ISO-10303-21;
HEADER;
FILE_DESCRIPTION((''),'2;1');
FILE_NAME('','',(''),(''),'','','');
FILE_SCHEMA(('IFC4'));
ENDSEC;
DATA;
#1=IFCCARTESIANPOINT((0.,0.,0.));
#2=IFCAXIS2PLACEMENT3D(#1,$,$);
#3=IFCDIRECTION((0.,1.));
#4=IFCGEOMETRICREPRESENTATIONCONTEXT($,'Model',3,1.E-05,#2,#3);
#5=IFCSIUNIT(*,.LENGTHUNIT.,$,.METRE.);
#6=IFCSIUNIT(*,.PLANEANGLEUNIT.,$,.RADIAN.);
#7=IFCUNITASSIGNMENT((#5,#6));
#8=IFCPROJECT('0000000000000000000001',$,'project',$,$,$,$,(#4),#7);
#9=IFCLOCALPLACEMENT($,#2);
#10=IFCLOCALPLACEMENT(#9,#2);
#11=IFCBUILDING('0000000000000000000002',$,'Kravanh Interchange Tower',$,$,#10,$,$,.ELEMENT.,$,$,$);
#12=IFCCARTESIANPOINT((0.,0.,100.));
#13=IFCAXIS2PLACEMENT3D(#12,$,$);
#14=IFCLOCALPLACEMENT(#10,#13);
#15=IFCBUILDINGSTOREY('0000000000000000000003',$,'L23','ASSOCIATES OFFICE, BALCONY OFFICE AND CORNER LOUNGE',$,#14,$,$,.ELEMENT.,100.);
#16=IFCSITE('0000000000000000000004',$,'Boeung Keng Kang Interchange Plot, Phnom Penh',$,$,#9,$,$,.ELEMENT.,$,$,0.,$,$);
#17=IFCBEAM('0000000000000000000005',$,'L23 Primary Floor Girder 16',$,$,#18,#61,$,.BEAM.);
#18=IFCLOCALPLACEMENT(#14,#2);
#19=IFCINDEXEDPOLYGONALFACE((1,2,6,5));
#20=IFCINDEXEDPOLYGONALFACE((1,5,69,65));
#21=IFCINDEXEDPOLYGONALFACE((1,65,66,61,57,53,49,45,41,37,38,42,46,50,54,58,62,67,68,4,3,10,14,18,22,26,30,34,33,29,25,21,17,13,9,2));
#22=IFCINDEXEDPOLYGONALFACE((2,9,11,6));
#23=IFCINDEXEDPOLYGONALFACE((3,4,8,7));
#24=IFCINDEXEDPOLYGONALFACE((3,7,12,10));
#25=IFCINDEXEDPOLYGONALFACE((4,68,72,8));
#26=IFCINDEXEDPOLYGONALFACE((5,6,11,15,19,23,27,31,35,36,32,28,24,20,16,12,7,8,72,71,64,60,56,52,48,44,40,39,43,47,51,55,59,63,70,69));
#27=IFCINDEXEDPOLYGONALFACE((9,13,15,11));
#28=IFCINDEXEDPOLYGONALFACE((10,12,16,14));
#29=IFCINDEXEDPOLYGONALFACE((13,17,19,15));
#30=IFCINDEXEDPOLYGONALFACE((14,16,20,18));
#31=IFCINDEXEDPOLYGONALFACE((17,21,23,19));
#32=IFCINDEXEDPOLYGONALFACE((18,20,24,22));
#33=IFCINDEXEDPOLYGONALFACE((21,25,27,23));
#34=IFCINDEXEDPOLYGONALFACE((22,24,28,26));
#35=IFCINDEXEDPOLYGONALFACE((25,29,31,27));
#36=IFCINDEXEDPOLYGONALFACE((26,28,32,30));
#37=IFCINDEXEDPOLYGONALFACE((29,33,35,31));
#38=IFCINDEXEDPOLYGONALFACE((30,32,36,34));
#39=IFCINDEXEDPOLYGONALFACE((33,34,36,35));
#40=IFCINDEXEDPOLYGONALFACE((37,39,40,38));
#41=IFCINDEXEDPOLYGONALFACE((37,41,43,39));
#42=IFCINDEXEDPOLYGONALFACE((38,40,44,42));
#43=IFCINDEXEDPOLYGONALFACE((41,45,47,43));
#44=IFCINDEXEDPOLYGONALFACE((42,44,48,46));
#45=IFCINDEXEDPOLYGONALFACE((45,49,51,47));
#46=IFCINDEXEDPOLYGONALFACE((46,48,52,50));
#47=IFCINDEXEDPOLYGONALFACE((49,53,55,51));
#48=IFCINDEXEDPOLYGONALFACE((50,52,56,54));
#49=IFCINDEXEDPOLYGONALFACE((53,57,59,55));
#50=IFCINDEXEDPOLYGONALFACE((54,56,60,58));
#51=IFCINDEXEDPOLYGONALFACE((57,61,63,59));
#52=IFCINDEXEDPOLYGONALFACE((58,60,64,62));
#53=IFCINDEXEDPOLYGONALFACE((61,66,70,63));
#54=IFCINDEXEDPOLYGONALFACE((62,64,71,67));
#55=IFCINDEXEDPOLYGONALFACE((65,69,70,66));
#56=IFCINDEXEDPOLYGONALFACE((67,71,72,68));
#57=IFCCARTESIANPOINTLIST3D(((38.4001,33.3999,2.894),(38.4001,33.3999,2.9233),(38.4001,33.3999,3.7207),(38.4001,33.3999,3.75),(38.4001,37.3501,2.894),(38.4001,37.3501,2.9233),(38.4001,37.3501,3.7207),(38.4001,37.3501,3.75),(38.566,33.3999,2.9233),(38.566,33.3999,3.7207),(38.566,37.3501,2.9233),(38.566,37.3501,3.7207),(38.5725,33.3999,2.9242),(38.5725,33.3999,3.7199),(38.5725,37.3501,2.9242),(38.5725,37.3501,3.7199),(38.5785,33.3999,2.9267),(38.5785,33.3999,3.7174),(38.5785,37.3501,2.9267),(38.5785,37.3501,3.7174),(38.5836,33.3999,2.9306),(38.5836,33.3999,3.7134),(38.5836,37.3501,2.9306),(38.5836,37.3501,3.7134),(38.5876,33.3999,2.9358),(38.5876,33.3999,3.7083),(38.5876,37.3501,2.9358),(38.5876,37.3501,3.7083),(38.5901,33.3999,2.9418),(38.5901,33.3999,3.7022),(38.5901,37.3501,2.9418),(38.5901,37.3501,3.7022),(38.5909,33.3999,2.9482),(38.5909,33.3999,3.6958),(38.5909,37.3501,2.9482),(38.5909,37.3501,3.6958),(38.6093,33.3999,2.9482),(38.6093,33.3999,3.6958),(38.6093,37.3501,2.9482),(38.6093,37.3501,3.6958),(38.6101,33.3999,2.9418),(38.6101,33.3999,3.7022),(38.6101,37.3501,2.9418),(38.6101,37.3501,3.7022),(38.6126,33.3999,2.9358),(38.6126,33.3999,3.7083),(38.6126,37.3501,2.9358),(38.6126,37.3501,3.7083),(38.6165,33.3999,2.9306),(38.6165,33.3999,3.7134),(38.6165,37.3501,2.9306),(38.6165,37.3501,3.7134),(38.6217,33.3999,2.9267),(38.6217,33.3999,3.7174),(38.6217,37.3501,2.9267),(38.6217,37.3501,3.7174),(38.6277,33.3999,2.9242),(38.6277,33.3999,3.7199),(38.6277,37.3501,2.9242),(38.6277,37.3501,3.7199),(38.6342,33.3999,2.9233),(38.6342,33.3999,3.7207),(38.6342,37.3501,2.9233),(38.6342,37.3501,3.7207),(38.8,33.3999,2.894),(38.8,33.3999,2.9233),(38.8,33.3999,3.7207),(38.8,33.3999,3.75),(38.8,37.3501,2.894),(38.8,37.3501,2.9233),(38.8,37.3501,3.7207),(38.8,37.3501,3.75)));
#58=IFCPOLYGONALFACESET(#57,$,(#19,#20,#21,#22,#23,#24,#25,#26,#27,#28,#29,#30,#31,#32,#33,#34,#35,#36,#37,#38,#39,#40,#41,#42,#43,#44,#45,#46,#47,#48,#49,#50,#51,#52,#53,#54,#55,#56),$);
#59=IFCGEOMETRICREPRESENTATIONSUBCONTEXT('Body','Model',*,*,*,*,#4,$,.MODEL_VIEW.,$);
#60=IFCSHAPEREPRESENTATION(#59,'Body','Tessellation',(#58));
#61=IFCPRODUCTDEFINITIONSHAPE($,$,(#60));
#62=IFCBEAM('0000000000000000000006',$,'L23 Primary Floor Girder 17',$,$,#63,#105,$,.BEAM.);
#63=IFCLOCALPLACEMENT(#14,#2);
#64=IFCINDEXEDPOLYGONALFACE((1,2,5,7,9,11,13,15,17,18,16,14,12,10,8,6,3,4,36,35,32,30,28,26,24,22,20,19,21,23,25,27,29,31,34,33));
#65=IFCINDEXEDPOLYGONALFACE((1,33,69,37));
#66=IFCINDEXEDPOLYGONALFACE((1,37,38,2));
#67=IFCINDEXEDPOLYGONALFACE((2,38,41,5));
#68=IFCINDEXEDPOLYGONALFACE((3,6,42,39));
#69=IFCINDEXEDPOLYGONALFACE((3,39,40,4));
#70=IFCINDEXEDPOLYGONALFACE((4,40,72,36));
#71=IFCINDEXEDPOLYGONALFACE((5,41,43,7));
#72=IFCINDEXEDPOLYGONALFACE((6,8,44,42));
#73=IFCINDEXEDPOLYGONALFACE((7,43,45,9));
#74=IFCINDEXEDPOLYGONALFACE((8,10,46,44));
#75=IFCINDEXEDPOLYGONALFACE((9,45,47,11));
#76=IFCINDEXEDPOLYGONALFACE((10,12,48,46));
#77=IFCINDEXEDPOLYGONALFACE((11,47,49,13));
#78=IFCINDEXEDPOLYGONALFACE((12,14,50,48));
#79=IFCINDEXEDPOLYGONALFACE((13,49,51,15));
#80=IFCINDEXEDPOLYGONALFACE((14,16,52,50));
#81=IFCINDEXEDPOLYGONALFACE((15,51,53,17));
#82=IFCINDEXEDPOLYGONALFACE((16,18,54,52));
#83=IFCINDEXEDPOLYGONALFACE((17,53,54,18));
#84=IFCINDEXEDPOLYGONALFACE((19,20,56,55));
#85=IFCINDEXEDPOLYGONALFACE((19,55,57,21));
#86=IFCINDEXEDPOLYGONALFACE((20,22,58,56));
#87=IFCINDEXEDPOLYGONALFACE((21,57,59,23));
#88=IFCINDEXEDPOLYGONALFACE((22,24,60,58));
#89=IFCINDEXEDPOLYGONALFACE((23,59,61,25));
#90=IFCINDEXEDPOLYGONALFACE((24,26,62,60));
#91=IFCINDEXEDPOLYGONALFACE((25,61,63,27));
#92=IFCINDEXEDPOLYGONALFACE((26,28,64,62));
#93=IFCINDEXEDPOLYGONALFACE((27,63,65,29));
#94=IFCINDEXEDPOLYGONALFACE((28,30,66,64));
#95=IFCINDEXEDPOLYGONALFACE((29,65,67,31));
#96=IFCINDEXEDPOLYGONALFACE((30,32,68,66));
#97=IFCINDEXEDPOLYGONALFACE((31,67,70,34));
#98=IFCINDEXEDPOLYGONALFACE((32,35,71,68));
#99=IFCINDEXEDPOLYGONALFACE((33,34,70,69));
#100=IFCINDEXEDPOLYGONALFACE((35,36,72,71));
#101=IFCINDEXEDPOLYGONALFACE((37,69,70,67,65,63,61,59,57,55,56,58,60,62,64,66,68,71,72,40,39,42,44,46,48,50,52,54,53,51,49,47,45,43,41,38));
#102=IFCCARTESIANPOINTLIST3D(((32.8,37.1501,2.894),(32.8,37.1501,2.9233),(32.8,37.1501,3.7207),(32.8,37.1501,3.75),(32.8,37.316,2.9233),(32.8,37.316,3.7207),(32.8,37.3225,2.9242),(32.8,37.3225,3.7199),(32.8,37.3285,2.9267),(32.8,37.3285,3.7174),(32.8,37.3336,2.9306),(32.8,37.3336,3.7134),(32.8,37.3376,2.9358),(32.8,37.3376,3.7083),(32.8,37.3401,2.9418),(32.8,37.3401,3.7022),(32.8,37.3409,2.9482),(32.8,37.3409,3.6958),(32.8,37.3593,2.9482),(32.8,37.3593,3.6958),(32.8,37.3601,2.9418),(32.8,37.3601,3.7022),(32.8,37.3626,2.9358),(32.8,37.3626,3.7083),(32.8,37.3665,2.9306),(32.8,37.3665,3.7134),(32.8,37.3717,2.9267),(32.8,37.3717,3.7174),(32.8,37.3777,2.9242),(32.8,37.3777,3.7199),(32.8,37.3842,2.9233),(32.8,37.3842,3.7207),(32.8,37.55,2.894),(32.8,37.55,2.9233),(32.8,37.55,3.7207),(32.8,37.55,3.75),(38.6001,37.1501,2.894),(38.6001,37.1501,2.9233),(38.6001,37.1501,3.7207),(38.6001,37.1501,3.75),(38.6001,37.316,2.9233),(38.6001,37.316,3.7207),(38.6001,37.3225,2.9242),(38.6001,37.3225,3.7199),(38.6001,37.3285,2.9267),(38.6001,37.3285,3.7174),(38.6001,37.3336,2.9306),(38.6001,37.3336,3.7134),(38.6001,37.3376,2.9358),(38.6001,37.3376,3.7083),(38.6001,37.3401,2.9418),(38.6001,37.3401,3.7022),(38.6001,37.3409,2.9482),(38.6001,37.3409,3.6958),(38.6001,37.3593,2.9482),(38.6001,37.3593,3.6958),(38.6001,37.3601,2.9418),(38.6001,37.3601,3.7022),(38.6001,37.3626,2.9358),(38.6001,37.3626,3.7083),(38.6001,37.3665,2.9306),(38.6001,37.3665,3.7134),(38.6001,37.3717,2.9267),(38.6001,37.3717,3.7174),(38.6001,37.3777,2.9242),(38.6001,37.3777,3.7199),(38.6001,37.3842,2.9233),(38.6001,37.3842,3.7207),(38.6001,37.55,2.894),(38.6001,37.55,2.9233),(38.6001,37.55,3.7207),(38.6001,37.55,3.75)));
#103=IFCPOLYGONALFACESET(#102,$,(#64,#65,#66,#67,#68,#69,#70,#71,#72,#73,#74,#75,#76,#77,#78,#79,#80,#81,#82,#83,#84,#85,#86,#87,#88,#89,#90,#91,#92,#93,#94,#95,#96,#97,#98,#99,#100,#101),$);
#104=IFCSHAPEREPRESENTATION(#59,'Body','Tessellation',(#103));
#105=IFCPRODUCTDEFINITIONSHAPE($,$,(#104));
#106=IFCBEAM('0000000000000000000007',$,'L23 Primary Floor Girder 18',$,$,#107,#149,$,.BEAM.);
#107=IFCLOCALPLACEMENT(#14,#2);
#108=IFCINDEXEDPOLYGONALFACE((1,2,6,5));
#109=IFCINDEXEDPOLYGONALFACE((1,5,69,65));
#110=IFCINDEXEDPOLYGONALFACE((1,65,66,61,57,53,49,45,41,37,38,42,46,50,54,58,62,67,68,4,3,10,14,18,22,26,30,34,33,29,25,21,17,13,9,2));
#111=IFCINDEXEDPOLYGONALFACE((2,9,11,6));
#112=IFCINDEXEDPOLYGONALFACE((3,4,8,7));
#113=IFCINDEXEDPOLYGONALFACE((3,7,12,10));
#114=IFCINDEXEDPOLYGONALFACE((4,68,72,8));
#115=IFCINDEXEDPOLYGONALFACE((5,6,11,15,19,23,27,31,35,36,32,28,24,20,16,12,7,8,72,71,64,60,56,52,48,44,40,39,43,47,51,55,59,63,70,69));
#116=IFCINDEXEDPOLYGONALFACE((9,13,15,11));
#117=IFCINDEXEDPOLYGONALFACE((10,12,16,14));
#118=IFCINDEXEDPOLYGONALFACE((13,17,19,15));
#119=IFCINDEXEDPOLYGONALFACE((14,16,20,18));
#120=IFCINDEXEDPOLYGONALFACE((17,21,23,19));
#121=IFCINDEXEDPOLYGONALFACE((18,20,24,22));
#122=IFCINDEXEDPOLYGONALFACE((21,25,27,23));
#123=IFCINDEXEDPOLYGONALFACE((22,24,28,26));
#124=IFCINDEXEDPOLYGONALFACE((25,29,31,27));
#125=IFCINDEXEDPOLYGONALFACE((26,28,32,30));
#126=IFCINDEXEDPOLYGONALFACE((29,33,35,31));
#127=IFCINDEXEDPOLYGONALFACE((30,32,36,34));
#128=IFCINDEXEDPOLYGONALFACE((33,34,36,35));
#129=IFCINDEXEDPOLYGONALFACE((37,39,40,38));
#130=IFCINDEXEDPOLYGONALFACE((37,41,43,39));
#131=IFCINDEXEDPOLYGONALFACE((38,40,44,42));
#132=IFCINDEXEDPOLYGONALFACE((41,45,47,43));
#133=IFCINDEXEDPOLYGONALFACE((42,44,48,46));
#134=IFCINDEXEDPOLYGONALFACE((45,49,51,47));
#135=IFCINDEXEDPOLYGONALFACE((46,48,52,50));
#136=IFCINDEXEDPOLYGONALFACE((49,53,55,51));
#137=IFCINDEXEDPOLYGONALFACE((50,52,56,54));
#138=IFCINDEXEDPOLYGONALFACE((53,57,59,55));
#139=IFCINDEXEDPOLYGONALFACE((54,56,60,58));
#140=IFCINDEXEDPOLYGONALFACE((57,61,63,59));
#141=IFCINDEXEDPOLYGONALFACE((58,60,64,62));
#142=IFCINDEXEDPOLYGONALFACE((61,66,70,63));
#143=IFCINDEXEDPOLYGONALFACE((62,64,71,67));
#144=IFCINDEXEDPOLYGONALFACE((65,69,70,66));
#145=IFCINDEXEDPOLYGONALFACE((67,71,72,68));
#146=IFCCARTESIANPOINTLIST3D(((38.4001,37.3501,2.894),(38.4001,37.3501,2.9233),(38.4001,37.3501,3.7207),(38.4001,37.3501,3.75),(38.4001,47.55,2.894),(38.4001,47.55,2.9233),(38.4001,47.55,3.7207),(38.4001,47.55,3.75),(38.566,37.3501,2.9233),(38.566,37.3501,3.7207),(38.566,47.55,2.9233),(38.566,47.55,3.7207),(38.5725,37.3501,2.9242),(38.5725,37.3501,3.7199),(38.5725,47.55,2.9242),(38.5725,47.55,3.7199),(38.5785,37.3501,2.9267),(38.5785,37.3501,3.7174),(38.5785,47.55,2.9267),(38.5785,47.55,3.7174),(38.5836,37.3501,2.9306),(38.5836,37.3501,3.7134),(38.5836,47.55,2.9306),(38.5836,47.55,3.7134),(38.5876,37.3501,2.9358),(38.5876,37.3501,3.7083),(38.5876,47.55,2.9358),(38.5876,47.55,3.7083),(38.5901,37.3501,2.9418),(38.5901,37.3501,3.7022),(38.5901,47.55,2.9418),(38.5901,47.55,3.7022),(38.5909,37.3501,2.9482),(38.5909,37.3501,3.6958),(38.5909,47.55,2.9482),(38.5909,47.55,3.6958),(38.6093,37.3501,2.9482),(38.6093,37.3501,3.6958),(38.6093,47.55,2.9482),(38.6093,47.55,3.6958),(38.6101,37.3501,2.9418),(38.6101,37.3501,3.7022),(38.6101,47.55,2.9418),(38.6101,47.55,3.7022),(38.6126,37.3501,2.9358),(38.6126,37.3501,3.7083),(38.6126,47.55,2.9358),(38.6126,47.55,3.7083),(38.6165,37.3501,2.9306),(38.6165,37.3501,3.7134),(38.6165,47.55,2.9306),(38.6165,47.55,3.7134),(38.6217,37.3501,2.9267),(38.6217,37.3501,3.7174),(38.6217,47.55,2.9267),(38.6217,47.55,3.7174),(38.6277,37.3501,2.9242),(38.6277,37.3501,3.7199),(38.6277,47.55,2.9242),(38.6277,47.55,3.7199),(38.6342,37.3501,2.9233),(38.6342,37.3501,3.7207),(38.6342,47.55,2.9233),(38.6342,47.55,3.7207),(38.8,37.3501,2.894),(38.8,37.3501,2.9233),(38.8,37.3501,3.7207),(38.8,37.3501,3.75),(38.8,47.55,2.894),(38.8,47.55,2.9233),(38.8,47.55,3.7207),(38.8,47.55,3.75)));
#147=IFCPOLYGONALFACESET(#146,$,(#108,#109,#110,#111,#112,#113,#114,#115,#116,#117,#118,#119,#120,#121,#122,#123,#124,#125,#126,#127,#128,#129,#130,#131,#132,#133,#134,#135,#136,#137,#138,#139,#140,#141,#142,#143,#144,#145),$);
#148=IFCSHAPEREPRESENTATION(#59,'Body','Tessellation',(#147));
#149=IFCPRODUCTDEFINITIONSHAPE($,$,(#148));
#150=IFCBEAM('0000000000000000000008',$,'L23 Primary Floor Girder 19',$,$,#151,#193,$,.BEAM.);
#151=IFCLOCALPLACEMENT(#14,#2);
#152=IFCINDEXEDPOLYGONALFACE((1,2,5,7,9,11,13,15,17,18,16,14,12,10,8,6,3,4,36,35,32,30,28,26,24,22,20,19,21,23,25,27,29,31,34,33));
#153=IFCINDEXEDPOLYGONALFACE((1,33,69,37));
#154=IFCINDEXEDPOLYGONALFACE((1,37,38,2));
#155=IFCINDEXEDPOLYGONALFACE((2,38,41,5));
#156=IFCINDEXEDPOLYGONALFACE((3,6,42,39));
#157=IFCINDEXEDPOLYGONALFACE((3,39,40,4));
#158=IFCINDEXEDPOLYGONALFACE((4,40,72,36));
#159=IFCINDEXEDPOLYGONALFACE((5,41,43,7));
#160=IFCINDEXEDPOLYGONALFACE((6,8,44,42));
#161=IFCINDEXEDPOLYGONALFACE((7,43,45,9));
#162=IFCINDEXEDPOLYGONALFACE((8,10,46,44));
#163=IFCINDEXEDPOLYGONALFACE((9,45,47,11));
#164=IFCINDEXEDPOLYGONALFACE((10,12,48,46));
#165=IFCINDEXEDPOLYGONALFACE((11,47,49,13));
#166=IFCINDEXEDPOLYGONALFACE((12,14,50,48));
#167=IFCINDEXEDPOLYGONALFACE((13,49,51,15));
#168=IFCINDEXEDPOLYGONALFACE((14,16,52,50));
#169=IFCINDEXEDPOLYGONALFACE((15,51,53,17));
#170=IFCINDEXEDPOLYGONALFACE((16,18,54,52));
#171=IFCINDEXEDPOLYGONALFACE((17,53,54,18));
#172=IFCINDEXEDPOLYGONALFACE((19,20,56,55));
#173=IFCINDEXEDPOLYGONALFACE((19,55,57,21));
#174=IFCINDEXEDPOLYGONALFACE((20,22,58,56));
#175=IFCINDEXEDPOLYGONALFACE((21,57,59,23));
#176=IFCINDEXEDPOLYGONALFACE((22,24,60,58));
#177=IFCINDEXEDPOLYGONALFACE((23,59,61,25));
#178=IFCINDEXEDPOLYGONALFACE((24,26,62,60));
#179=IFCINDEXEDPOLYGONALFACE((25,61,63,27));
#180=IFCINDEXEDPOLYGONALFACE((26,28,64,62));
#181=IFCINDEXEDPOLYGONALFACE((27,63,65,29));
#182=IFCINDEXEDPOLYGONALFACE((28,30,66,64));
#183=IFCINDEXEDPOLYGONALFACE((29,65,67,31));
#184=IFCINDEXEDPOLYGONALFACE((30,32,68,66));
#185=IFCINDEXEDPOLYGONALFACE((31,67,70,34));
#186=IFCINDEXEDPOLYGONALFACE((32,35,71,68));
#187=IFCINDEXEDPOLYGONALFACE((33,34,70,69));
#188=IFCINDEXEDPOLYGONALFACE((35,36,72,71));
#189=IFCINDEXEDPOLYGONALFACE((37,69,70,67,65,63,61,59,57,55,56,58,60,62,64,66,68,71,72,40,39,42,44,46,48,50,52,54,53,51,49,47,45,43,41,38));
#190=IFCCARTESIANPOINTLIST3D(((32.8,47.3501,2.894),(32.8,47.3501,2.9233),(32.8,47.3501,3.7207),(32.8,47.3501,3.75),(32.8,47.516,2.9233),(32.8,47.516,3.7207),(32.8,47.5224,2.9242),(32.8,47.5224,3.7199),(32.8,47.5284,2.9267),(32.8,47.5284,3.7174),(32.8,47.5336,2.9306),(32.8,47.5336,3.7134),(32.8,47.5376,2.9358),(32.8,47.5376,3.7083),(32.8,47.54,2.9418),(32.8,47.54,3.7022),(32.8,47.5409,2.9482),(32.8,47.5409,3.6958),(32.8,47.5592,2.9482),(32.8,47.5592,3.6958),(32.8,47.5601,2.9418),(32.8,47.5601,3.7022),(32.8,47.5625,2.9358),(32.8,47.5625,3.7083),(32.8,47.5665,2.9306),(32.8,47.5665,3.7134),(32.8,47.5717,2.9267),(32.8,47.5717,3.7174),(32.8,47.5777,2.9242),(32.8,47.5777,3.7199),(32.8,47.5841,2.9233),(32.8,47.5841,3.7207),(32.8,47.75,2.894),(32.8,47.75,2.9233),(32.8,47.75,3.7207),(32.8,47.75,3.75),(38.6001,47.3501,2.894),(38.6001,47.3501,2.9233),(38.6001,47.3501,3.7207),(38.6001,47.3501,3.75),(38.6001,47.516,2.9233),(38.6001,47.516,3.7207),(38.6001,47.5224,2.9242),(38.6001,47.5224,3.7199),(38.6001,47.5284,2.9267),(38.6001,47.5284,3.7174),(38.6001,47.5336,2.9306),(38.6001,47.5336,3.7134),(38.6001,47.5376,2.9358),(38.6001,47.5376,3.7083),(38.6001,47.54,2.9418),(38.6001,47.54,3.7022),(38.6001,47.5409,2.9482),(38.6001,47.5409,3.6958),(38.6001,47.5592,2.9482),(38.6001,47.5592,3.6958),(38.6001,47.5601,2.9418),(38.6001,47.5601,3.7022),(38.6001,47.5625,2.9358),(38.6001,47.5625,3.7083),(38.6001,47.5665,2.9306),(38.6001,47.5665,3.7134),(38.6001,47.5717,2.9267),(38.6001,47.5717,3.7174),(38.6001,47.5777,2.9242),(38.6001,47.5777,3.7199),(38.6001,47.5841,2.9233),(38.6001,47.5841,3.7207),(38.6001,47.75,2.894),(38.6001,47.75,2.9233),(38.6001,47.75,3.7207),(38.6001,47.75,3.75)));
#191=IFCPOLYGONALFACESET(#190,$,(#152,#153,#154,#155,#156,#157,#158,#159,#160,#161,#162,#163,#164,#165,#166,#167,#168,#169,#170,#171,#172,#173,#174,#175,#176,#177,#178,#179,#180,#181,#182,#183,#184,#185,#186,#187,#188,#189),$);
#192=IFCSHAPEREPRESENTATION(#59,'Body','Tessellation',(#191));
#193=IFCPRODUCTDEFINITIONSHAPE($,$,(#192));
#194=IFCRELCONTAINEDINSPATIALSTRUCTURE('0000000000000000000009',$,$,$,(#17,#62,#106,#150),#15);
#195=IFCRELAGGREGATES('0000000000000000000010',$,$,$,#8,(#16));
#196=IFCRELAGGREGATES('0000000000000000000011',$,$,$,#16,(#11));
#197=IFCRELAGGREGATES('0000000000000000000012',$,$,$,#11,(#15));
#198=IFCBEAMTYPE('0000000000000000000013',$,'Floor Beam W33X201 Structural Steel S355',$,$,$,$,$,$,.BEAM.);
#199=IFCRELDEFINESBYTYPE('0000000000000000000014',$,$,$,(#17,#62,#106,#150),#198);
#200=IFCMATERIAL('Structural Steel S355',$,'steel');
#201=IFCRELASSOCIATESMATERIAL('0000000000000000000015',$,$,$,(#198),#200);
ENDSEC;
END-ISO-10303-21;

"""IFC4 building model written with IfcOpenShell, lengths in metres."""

from ifc_helpers import new_model, si_unit, direction, frame, origin, origin_2d, place, context, subcontext, project, spatial, i_section, extrude, material, material_profile, profile_set, type_object, element, save


model = new_model("IFC4")

# Units and contexts
model_context = context("Model", 3, precision=1e-05, world=origin(), true_north=direction((0.0, 1.0)))
body_context = subcontext(model_context, "Body", "Model", "MODEL_VIEW")
ifc_project = project(units=[si_unit("LENGTHUNIT", "METRE"), si_unit("PLANEANGLEUNIT", "RADIAN")], contexts=[model_context])

# Site, building, storey
site_placement = place(None, origin())
site = spatial("IfcSite", under=ifc_project, at=site_placement, Name="Boeung Keng Kang Interchange Plot, Phnom Penh", CompositionType="ELEMENT", RefElevation=0.0)
building_placement = place(site_placement, origin())
building = spatial("IfcBuilding", under=site, at=building_placement, Name="Kravanh Interchange Tower", CompositionType="ELEMENT")
storey_placement = place(building_placement, frame((0.0, 0.0, 100.0)))
storey = spatial("IfcBuildingStorey", under=building, at=storey_placement, Name="L23", Description="ASSOCIATES OFFICE, BALCONY OFFICE AND CORNER LOUNGE", CompositionType="ELEMENT", Elevation=100.0)

# Beams
ifc_material_1 = material(Name="Structural Steel S355", Category="steel")
ifc_material_profile_1 = material_profile(ifc_material_1, i_section(OverallWidth=0.3999, OverallDepth=0.856, WebThickness=0.0183, FlangeThickness=0.0293, FilletRadius=0.0249, at=origin_2d()), Name="W33X201")
ifc_profile_set_1 = profile_set([ifc_material_profile_1], Name="Structural Steel S355")
beam_type_1 = type_object("IfcBeamType", Name="Floor Beam W33X201 Structural Steel S355", PredefinedType="BEAM", material=ifc_profile_set_1)
beam_1_placement = place(storey_placement, frame((38.6001, 37.3501, 3.322), z_axis=(0.0, -1.0, 0.0), x_axis=(1.0, 0.0, 0.0)))
element("IfcBeam", 1, at=beam_1_placement, inside=storey, type_object=beam_type_1, Name="L23 Primary Floor Girder 16", PredefinedType="BEAM", context=body_context, shape_type="SweptSolid", body=[
    extrude(i_section(OverallWidth=0.3999, OverallDepth=0.856, WebThickness=0.0183, FlangeThickness=0.0293, FilletRadius=0.0249, at=origin_2d()), origin(), (0.0, 0.0, 1.0), 3.9502),
])
beam_2_placement = place(storey_placement, frame((38.6001, 37.3501, 3.322), z_axis=(-1.0, 0.0, 0.0), x_axis=(0.0, -1.0, 0.0)))
element("IfcBeam", 2, at=beam_2_placement, inside=storey, type_object=beam_type_1, Name="L23 Primary Floor Girder 17", PredefinedType="BEAM", context=body_context, shape_type="SweptSolid", body=[
    extrude(i_section(OverallWidth=0.3999, OverallDepth=0.856, WebThickness=0.0183, FlangeThickness=0.0293, FilletRadius=0.0249, at=origin_2d()), origin(), (0.0, 0.0, 1.0), 5.8),
])
beam_3_placement = place(storey_placement, frame((38.6001, 37.3501, 3.322), z_axis=(0.0, 1.0, 0.0), x_axis=(-1.0, 0.0, 0.0)))
element("IfcBeam", 3, at=beam_3_placement, inside=storey, type_object=beam_type_1, Name="L23 Primary Floor Girder 18", PredefinedType="BEAM", context=body_context, shape_type="SweptSolid", body=[
    extrude(i_section(OverallWidth=0.3999, OverallDepth=0.856, WebThickness=0.0183, FlangeThickness=0.0293, FilletRadius=0.0249, at=origin_2d()), origin(), (0.0, 0.0, 1.0), 10.2),
])
beam_4_placement = place(storey_placement, frame((38.6001, 47.55, 3.322), z_axis=(-1.0, 0.0, 0.0), x_axis=(0.0, -1.0, 0.0)))
element("IfcBeam", 4, at=beam_4_placement, inside=storey, type_object=beam_type_1, Name="L23 Primary Floor Girder 19", PredefinedType="BEAM", context=body_context, shape_type="SweptSolid", body=[
    extrude(i_section(OverallWidth=0.3999, OverallDepth=0.856, WebThickness=0.0183, FlangeThickness=0.0293, FilletRadius=0.0249, at=origin_2d()), origin(), (0.0, 0.0, 1.0), 5.8),
])

save(model, "model.ifc")
